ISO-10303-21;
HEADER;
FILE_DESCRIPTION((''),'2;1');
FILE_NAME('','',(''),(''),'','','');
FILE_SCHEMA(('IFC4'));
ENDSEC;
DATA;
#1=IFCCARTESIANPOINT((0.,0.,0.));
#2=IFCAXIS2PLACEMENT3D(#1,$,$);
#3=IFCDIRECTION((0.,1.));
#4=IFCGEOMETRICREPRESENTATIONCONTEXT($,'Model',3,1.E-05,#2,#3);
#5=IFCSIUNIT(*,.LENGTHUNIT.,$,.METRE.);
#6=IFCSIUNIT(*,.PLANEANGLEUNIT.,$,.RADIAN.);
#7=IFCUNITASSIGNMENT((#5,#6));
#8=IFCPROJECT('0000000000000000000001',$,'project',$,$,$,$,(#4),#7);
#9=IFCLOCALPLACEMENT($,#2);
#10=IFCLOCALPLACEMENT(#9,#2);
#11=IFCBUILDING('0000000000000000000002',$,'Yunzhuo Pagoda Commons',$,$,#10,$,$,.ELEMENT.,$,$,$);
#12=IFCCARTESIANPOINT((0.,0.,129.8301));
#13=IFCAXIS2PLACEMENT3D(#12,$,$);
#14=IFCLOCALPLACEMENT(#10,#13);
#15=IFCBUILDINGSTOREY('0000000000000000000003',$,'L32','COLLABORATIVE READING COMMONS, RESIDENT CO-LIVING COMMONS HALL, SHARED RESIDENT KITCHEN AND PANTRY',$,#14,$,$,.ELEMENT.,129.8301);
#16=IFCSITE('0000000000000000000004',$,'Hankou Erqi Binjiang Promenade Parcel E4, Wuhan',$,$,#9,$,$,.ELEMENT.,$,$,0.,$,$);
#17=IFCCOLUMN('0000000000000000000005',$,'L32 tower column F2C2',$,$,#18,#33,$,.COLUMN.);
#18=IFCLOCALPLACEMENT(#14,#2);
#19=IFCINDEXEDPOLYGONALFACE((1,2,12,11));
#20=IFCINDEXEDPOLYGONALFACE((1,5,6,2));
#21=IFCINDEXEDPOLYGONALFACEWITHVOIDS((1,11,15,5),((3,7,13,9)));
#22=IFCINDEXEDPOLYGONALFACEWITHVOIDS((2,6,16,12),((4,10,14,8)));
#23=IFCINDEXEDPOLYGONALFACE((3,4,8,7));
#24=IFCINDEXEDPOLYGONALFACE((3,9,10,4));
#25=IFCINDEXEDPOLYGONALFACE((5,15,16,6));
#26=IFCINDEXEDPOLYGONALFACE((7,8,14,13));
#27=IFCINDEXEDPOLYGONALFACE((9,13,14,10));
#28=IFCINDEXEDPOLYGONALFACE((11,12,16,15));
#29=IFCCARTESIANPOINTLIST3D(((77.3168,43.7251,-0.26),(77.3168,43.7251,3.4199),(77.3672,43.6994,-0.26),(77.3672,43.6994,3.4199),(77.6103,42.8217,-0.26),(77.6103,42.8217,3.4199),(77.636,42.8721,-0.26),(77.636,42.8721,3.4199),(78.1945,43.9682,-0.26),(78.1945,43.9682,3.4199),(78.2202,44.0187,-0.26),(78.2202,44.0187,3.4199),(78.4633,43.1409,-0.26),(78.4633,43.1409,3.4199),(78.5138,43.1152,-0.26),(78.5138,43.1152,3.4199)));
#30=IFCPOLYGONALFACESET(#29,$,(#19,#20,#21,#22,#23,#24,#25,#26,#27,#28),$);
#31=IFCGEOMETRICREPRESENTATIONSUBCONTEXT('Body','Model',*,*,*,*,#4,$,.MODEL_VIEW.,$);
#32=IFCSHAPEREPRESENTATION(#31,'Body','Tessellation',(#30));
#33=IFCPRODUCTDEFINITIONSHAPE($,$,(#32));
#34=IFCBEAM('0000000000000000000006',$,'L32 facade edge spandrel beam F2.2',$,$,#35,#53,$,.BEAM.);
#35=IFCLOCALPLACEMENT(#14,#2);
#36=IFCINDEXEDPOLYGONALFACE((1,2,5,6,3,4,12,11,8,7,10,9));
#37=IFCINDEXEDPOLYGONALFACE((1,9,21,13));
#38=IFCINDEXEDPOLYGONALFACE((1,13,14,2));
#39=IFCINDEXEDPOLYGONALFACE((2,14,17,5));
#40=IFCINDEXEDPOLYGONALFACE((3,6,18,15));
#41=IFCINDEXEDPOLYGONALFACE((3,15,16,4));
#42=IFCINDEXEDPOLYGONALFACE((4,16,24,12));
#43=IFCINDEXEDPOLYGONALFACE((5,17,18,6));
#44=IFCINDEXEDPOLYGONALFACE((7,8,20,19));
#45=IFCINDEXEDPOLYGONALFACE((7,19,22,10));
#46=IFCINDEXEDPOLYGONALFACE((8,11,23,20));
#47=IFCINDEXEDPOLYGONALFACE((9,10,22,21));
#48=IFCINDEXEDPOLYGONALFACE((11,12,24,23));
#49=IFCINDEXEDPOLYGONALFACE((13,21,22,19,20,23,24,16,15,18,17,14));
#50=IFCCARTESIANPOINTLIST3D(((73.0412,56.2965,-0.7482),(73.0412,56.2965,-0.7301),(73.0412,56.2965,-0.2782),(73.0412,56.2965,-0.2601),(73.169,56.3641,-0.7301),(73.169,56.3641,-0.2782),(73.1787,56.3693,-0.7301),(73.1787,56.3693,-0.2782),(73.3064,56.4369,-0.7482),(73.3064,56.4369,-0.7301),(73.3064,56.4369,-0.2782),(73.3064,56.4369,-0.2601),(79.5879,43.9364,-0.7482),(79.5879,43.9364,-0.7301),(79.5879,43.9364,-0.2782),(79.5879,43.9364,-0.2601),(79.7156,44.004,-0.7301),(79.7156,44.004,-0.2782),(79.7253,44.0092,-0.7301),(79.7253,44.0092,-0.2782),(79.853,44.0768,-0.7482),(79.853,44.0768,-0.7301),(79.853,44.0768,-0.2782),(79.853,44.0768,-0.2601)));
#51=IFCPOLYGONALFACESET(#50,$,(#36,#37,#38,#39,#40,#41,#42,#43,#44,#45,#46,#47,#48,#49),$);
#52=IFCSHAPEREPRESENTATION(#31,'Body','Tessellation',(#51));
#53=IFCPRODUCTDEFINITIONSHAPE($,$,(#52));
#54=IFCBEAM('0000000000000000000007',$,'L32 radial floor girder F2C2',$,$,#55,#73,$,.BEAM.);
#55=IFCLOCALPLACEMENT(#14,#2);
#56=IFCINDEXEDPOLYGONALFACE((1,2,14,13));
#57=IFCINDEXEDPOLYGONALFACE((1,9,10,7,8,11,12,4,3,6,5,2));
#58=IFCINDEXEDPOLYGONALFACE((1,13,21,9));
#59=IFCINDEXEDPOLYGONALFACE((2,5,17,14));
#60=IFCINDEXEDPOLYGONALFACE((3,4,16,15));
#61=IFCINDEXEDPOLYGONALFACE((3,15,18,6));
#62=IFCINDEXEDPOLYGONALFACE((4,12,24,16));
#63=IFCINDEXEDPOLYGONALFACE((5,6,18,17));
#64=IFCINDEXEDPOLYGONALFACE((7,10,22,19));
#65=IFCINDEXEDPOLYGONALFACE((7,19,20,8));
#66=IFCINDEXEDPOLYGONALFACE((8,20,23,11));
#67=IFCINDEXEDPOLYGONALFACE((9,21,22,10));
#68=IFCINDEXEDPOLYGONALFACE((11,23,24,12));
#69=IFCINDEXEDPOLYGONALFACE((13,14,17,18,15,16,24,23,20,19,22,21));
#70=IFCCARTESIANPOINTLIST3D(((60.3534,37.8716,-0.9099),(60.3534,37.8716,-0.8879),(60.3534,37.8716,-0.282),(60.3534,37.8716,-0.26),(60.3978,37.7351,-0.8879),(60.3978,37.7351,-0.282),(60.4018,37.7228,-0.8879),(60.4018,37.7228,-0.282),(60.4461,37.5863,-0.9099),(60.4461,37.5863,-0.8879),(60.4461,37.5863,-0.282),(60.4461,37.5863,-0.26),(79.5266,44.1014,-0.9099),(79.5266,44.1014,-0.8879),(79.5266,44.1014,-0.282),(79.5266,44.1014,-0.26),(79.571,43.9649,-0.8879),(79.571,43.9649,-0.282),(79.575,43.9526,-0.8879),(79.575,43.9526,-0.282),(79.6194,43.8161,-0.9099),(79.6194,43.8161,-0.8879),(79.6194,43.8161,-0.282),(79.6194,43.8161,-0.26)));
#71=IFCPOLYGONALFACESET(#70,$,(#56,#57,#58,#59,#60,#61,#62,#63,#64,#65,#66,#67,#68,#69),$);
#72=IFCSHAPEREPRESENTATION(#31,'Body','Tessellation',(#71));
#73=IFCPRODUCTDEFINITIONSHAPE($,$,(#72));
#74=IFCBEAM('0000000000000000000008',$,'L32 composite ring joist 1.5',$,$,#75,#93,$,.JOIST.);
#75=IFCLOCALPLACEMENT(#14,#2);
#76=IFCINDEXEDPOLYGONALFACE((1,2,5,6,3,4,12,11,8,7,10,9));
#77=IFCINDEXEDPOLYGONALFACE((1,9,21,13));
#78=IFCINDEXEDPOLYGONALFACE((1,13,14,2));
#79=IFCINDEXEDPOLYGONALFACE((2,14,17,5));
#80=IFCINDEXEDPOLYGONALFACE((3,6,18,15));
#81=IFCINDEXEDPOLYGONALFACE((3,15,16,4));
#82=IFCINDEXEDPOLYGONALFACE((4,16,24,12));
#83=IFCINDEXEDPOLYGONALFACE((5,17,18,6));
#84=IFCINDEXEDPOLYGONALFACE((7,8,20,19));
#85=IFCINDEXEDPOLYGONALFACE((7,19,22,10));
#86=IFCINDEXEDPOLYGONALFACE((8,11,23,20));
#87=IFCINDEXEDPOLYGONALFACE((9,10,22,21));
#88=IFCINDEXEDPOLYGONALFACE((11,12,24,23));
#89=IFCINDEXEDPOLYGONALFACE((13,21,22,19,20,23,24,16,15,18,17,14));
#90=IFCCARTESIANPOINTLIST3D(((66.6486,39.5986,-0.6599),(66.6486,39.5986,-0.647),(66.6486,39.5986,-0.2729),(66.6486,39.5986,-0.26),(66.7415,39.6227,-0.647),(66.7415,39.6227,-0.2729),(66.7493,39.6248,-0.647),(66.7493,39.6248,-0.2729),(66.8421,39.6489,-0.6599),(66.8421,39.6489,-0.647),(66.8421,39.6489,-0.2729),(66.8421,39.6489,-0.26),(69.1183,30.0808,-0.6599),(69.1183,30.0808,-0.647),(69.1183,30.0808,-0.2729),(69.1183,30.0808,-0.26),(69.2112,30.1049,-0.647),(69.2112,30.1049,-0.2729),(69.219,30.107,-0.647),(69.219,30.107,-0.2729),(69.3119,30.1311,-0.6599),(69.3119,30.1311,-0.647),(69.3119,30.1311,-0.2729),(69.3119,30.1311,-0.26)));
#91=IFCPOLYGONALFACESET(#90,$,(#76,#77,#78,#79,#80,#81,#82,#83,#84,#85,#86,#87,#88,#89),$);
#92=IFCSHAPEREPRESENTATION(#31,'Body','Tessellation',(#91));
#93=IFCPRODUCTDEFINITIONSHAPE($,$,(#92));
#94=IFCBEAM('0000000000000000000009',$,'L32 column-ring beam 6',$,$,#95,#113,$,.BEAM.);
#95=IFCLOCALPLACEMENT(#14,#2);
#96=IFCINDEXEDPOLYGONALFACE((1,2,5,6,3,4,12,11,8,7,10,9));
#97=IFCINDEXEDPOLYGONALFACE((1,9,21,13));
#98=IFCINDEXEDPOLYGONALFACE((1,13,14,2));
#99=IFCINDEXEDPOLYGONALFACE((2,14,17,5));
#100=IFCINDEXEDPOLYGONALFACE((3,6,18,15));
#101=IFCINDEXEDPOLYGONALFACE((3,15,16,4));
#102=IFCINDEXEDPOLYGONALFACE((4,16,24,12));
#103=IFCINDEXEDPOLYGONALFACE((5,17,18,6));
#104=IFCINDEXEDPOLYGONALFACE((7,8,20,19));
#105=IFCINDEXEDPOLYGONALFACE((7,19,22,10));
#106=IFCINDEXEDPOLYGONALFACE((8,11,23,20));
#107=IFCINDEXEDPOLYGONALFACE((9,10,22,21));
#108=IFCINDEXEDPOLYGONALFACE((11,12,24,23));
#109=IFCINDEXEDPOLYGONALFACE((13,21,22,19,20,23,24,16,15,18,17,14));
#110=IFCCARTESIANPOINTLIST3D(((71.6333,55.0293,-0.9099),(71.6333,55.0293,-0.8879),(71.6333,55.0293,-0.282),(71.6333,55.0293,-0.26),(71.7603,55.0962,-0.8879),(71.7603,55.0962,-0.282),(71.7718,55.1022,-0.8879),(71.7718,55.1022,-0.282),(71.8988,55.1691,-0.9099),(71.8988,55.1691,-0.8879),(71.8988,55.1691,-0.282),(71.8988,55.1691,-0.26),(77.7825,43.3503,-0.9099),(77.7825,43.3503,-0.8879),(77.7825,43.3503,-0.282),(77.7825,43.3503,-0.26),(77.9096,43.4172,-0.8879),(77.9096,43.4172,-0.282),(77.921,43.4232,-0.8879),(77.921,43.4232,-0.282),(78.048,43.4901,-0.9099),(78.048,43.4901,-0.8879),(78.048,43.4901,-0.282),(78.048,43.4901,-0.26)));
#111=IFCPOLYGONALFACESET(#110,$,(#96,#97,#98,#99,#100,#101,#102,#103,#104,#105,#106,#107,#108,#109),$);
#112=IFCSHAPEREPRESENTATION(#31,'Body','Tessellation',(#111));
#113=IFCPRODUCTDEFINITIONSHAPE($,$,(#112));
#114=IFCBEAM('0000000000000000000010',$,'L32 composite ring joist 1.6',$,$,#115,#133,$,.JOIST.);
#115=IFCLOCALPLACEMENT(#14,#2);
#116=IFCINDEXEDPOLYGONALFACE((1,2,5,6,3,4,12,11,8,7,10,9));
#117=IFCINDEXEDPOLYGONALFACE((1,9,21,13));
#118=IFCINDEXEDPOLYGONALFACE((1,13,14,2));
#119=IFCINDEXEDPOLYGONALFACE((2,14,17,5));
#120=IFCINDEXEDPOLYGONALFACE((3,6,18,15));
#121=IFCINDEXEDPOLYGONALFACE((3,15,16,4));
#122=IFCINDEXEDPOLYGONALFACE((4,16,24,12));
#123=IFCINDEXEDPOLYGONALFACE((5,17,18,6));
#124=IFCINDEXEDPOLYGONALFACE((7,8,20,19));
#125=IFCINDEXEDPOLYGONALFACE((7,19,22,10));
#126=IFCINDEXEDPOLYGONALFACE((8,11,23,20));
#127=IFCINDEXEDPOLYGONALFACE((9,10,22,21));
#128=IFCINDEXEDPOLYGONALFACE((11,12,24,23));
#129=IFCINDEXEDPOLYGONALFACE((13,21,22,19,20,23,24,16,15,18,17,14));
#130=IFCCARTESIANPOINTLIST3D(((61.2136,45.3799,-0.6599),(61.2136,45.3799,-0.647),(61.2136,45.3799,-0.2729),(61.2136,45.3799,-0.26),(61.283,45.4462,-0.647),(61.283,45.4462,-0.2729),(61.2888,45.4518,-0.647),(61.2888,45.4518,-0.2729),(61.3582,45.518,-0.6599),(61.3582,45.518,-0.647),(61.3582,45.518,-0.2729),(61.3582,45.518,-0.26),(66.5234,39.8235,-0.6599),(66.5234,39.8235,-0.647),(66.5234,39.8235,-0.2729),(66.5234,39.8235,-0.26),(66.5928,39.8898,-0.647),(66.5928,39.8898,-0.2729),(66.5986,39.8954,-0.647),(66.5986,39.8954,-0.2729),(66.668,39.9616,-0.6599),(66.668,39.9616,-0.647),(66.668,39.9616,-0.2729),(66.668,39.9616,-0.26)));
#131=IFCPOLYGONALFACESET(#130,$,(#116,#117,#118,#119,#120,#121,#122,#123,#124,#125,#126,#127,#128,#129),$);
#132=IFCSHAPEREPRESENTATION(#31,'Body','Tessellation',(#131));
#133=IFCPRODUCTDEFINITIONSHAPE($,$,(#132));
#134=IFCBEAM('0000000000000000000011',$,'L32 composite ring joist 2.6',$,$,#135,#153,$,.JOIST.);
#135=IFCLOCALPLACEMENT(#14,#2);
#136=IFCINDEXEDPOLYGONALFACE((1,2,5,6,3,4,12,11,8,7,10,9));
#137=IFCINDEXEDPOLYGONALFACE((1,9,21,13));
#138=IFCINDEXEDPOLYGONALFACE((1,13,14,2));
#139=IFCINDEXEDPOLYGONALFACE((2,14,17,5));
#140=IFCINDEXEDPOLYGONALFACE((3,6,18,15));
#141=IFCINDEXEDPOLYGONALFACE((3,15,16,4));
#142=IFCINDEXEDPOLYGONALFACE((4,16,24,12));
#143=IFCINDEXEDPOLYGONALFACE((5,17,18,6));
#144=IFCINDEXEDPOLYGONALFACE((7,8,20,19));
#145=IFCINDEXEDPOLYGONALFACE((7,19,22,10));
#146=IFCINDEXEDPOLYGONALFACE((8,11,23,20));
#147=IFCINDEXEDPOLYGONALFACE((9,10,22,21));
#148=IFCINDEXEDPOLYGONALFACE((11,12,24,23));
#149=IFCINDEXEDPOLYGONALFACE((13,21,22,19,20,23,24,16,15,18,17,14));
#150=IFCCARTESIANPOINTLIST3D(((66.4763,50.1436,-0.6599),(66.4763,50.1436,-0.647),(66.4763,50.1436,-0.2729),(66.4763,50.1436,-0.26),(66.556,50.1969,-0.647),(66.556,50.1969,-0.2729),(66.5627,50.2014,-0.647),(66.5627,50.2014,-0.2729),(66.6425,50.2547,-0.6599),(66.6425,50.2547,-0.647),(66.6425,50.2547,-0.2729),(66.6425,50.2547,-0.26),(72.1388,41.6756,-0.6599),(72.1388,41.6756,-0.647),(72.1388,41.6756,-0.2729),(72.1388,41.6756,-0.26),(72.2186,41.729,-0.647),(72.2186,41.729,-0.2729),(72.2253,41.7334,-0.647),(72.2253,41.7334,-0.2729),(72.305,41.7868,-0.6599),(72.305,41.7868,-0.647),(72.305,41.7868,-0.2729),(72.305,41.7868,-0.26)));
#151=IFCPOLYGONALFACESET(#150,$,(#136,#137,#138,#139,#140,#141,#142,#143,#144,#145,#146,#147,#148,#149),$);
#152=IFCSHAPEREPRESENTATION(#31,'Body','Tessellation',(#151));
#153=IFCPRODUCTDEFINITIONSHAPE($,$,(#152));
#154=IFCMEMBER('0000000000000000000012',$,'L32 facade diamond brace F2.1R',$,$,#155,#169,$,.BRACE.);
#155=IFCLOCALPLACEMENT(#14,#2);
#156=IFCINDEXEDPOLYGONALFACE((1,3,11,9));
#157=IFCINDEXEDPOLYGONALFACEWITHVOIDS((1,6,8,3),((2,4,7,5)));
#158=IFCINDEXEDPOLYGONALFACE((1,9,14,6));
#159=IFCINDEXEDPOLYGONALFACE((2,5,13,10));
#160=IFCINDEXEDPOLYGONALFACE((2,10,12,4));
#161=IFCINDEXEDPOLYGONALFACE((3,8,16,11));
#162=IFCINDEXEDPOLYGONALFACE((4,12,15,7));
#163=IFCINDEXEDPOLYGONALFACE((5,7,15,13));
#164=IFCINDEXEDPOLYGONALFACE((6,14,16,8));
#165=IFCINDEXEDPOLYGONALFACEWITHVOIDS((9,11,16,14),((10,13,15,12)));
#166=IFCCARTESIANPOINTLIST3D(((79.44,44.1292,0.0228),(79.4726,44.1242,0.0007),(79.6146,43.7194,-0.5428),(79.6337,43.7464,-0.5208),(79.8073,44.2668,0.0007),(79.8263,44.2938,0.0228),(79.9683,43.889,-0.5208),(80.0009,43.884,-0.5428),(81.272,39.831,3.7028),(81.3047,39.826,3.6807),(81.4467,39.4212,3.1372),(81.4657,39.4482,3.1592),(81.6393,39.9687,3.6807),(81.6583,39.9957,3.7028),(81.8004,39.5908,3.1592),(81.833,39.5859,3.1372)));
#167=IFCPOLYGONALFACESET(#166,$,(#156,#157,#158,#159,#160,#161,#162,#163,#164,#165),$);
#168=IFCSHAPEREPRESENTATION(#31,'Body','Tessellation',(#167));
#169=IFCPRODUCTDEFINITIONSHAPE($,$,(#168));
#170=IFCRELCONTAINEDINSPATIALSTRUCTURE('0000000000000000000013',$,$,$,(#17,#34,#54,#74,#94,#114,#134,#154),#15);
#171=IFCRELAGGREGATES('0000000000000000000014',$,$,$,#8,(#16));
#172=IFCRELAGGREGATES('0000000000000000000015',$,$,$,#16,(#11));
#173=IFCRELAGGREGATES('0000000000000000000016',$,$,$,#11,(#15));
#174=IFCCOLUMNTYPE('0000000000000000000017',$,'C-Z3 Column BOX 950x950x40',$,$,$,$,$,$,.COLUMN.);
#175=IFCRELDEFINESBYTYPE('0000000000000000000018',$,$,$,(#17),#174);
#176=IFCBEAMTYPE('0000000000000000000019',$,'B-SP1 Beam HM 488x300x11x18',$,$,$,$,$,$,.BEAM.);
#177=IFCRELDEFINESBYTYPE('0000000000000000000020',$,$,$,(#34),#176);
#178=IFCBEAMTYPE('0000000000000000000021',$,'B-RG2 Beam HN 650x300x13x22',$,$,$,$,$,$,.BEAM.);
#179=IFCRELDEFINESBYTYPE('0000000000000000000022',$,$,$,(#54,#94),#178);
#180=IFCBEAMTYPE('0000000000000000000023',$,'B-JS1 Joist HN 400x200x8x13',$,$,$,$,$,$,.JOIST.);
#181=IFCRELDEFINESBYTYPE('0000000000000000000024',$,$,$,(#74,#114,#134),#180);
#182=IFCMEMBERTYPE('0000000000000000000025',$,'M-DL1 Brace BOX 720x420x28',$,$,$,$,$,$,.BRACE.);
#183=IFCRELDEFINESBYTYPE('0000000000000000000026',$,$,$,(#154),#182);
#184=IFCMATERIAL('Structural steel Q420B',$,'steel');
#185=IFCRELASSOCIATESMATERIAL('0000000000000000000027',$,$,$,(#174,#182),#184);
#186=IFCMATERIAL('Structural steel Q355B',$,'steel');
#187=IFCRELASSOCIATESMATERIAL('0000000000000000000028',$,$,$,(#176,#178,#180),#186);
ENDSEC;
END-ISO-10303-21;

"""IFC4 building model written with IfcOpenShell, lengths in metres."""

from ifc_helpers import new_model, si_unit, direction, frame, origin, origin_2d, place, context, subcontext, project, spatial, hollow_rectangle, i_section, extrude, source, transform, mapped, material, material_profile, profile_set, type_object, element, save


model = new_model("IFC4")

# Units and contexts
model_context = context("Model", 3, precision=1e-05, world=origin(), true_north=direction((0.0, 1.0)))
body_context = subcontext(model_context, "Body", "Model", "MODEL_VIEW")
ifc_project = project(units=[si_unit("LENGTHUNIT", "METRE"), si_unit("PLANEANGLEUNIT", "RADIAN")], contexts=[model_context])

# Site, building, storey
site_placement = place(None, origin())
site = spatial("IfcSite", under=ifc_project, at=site_placement, Name="Hankou Erqi Binjiang Promenade Parcel E4, Wuhan", CompositionType="ELEMENT", RefElevation=0.0)
building_placement = place(site_placement, origin())
building = spatial("IfcBuilding", under=site, at=building_placement, Name="Yunzhuo Pagoda Commons", CompositionType="ELEMENT")
storey_placement = place(building_placement, frame((0.0, 0.0, 129.8301)))
storey = spatial("IfcBuildingStorey", under=building, at=storey_placement, Name="L32", Description="COLLABORATIVE READING COMMONS, RESIDENT CO-LIVING COMMONS HALL, SHARED RESIDENT KITCHEN AND PANTRY", CompositionType="ELEMENT", Elevation=129.8301)

# Column
ifc_material_1 = material(Name="Structural steel Q420B", Category="steel")
ifc_material_profile_1 = material_profile(ifc_material_1, hollow_rectangle(XDim=0.95, YDim=0.95, WallThickness=0.04, at=origin_2d()), Name="Structural steel Q420B")
ifc_profile_set_1 = profile_set([ifc_material_profile_1], Name="Structural steel Q420B")
column_type = type_object("IfcColumnType", Name="C-Z3 Column BOX 950x950x40", PredefinedType="COLUMN", material=ifc_profile_set_1)
shared_shape_1 = source(origin(), body_context, "Body", "SweptSolid", [
    extrude(hollow_rectangle(XDim=0.95, YDim=0.95, WallThickness=0.04, at=origin_2d()), origin(), (0.0, 0.0, 1.0), 3.6799),
])
column_placement = place(storey_placement, frame((77.9153, 43.4202, -0.26), z_axis=(0.0, 0.0, 1.0), x_axis=(-0.309017, 0.951057, 0.0)))
element("IfcColumn", 1, at=column_placement, inside=storey, type_object=column_type, Name="L32 tower column F2C2", PredefinedType="COLUMN", context=body_context, shape_type="MappedRepresentation", body=[
    mapped(shared_shape_1, transform((0.0, 0.0, 0.0), scale=1.0)),
])

# Beams
ifc_material_2 = material(Name="Structural steel Q355B", Category="steel")
ifc_material_profile_2 = material_profile(ifc_material_2, i_section(OverallWidth=0.3, OverallDepth=0.488, WebThickness=0.011, FlangeThickness=0.0181, at=origin_2d()), Name="Structural steel Q355B")
ifc_profile_set_2 = profile_set([ifc_material_profile_2], Name="Structural steel Q355B")
beam_type_1 = type_object("IfcBeamType", Name="B-SP1 Beam HM 488x300x11x18", PredefinedType="BEAM", material=ifc_profile_set_2)
shared_shape_2 = source(origin(), body_context, "Body", "SweptSolid", [
    extrude(i_section(OverallWidth=0.3, OverallDepth=0.488, WebThickness=0.011, FlangeThickness=0.0181, at=origin_2d()), origin(), (0.0, 0.0, 1.0), 13.9868),
])
beam_1_placement = place(storey_placement, frame((79.7205, 44.0066, -0.5042), z_axis=(-0.468058, 0.883698, 0.0), x_axis=(-0.883698, -0.468058, 0.0)))
element("IfcBeam", 2, at=beam_1_placement, inside=storey, type_object=beam_type_1, Name="L32 facade edge spandrel beam F2.2", PredefinedType="BEAM", context=body_context, shape_type="MappedRepresentation", body=[
    mapped(shared_shape_2, transform((0.0, 0.0, 0.0), scale=1.0)),
])
ifc_material_profile_3 = material_profile(ifc_material_2, i_section(OverallWidth=0.3, OverallDepth=0.6499, WebThickness=0.0129, FlangeThickness=0.022, at=origin_2d()), Name="Structural steel Q355B")
ifc_profile_set_3 = profile_set([ifc_material_profile_3], Name="Structural steel Q355B")
beam_type_2 = type_object("IfcBeamType", Name="B-RG2 Beam HN 650x300x13x22", PredefinedType="BEAM", material=ifc_profile_set_3)
shared_shape_3 = source(origin(), body_context, "Body", "SweptSolid", [
    extrude(i_section(OverallWidth=0.3, OverallDepth=0.6499, WebThickness=0.0129, FlangeThickness=0.022, at=origin_2d()), origin(), (0.0, 0.0, 1.0), 20.1599),
])
beam_2_placement = place(storey_placement, frame((79.573, 43.9587, -0.585), z_axis=(-0.951056, -0.309018, 0.0), x_axis=(0.309018, -0.951056, 0.0)))
element("IfcBeam", 3, at=beam_2_placement, inside=storey, type_object=beam_type_2, Name="L32 radial floor girder F2C2", PredefinedType="BEAM", context=body_context, shape_type="MappedRepresentation", body=[
    mapped(shared_shape_3, transform((0.0, 0.0, 0.0), scale=1.0)),
])
ifc_material_profile_4 = material_profile(ifc_material_2, i_section(OverallWidth=0.2, OverallDepth=0.3999, WebThickness=0.0081, FlangeThickness=0.0129, at=origin_2d()), Name="Structural steel Q355B")
ifc_profile_set_4 = profile_set([ifc_material_profile_4], Name="Structural steel Q355B")
beam_type_3 = type_object("IfcBeamType", Name="B-JS1 Joist HN 400x200x8x13", PredefinedType="JOIST", material=ifc_profile_set_4)
shared_shape_4 = source(origin(), body_context, "Body", "SweptSolid", [
    extrude(i_section(OverallWidth=0.2, OverallDepth=0.3999, WebThickness=0.0081, FlangeThickness=0.0129, at=origin_2d()), origin(), (0.0, 0.0, 1.0), 9.833),
])
beam_3_placement = place(storey_placement, frame((69.2151, 30.106, -0.46), z_axis=(-0.251166, 0.967944, 0.0), x_axis=(-0.967944, -0.251166, 0.0)))
element("IfcBeam", 4, at=beam_3_placement, inside=storey, type_object=beam_type_3, Name="L32 composite ring joist 1.5", PredefinedType="JOIST", context=body_context, shape_type="MappedRepresentation", body=[
    mapped(shared_shape_4, transform((0.0, 0.0, 0.0), scale=1.0)),
])
shared_shape_5 = source(origin(), body_context, "Body", "SweptSolid", [
    extrude(i_section(OverallWidth=0.3, OverallDepth=0.6499, WebThickness=0.0129, FlangeThickness=0.022, at=origin_2d()), origin(), (0.0, 0.0, 1.0), 13.199),
])
beam_4_placement = place(storey_placement, frame((77.9153, 43.4202, -0.585), z_axis=(-0.465886, 0.884845, 0.0), x_axis=(-0.884845, -0.465886, 0.0)))
element("IfcBeam", 5, at=beam_4_placement, inside=storey, type_object=beam_type_2, Name="L32 column-ring beam 6", PredefinedType="BEAM", context=body_context, shape_type="MappedRepresentation", body=[
    mapped(shared_shape_5, transform((0.0, 0.0, 0.0), scale=1.0)),
])
shared_shape_6 = source(origin(), body_context, "Body", "SweptSolid", [
    extrude(i_section(OverallWidth=0.2, OverallDepth=0.3999, WebThickness=0.0081, FlangeThickness=0.0129, at=origin_2d()), origin(), (0.0, 0.0, 1.0), 7.6855),
])
beam_5_placement = place(storey_placement, frame((66.5957, 39.8926, -0.46), z_axis=(-0.690883, 0.722967, 0.0), x_axis=(-0.722967, -0.690883, 0.0)))
element("IfcBeam", 6, at=beam_5_placement, inside=storey, type_object=beam_type_3, Name="L32 composite ring joist 1.6", PredefinedType="JOIST", context=body_context, shape_type="MappedRepresentation", body=[
    mapped(shared_shape_6, transform((0.0, 0.0, 0.0), scale=1.0)),
])
shared_shape_7 = source(origin(), body_context, "Body", "SweptSolid", [
    extrude(i_section(OverallWidth=0.2, OverallDepth=0.3999, WebThickness=0.0081, FlangeThickness=0.0129, at=origin_2d()), origin(), (0.0, 0.0, 1.0), 10.1868),
])
beam_6_placement = place(storey_placement, frame((72.2219, 41.7312, -0.46), z_axis=(-0.555872, 0.831268, 0.0), x_axis=(-0.831268, -0.555872, 0.0)))
element("IfcBeam", 7, at=beam_6_placement, inside=storey, type_object=beam_type_3, Name="L32 composite ring joist 2.6", PredefinedType="JOIST", context=body_context, shape_type="MappedRepresentation", body=[
    mapped(shared_shape_7, transform((0.0, 0.0, 0.0), scale=1.0)),
])

# Member
ifc_material_profile_5 = material_profile(ifc_material_1, hollow_rectangle(XDim=0.4199, YDim=0.72, WallThickness=0.0281, at=origin_2d()), Name="Structural steel Q420B")
ifc_profile_set_5 = profile_set([ifc_material_profile_5], Name="Structural steel Q420B")
member_type_1 = type_object("IfcMemberType", Name="M-DL1 Brace BOX 720x420x28", PredefinedType="BRACE", material=ifc_profile_set_5)
shared_shape_8 = source(origin(), body_context, "Body", "SweptSolid", [
    extrude(hollow_rectangle(XDim=0.4199, YDim=0.72, WallThickness=0.0281, at=origin_2d()), origin(), (0.0, 0.0, 1.0), 5.9475),
])
member_1_placement = place(storey_placement, frame((79.7205, 44.0066, -0.26), z_axis=(0.308038, -0.722682, 0.618744), x_axis=(0.919919, 0.392109, 0.0)))
element("IfcMember", 8, at=member_1_placement, inside=storey, type_object=member_type_1, Name="L32 facade diamond brace F2.1R", PredefinedType="BRACE", context=body_context, shape_type="MappedRepresentation", body=[
    mapped(shared_shape_8, transform((0.0, 0.0, 0.0), scale=1.0)),
])

save(model, "model.ifc")
